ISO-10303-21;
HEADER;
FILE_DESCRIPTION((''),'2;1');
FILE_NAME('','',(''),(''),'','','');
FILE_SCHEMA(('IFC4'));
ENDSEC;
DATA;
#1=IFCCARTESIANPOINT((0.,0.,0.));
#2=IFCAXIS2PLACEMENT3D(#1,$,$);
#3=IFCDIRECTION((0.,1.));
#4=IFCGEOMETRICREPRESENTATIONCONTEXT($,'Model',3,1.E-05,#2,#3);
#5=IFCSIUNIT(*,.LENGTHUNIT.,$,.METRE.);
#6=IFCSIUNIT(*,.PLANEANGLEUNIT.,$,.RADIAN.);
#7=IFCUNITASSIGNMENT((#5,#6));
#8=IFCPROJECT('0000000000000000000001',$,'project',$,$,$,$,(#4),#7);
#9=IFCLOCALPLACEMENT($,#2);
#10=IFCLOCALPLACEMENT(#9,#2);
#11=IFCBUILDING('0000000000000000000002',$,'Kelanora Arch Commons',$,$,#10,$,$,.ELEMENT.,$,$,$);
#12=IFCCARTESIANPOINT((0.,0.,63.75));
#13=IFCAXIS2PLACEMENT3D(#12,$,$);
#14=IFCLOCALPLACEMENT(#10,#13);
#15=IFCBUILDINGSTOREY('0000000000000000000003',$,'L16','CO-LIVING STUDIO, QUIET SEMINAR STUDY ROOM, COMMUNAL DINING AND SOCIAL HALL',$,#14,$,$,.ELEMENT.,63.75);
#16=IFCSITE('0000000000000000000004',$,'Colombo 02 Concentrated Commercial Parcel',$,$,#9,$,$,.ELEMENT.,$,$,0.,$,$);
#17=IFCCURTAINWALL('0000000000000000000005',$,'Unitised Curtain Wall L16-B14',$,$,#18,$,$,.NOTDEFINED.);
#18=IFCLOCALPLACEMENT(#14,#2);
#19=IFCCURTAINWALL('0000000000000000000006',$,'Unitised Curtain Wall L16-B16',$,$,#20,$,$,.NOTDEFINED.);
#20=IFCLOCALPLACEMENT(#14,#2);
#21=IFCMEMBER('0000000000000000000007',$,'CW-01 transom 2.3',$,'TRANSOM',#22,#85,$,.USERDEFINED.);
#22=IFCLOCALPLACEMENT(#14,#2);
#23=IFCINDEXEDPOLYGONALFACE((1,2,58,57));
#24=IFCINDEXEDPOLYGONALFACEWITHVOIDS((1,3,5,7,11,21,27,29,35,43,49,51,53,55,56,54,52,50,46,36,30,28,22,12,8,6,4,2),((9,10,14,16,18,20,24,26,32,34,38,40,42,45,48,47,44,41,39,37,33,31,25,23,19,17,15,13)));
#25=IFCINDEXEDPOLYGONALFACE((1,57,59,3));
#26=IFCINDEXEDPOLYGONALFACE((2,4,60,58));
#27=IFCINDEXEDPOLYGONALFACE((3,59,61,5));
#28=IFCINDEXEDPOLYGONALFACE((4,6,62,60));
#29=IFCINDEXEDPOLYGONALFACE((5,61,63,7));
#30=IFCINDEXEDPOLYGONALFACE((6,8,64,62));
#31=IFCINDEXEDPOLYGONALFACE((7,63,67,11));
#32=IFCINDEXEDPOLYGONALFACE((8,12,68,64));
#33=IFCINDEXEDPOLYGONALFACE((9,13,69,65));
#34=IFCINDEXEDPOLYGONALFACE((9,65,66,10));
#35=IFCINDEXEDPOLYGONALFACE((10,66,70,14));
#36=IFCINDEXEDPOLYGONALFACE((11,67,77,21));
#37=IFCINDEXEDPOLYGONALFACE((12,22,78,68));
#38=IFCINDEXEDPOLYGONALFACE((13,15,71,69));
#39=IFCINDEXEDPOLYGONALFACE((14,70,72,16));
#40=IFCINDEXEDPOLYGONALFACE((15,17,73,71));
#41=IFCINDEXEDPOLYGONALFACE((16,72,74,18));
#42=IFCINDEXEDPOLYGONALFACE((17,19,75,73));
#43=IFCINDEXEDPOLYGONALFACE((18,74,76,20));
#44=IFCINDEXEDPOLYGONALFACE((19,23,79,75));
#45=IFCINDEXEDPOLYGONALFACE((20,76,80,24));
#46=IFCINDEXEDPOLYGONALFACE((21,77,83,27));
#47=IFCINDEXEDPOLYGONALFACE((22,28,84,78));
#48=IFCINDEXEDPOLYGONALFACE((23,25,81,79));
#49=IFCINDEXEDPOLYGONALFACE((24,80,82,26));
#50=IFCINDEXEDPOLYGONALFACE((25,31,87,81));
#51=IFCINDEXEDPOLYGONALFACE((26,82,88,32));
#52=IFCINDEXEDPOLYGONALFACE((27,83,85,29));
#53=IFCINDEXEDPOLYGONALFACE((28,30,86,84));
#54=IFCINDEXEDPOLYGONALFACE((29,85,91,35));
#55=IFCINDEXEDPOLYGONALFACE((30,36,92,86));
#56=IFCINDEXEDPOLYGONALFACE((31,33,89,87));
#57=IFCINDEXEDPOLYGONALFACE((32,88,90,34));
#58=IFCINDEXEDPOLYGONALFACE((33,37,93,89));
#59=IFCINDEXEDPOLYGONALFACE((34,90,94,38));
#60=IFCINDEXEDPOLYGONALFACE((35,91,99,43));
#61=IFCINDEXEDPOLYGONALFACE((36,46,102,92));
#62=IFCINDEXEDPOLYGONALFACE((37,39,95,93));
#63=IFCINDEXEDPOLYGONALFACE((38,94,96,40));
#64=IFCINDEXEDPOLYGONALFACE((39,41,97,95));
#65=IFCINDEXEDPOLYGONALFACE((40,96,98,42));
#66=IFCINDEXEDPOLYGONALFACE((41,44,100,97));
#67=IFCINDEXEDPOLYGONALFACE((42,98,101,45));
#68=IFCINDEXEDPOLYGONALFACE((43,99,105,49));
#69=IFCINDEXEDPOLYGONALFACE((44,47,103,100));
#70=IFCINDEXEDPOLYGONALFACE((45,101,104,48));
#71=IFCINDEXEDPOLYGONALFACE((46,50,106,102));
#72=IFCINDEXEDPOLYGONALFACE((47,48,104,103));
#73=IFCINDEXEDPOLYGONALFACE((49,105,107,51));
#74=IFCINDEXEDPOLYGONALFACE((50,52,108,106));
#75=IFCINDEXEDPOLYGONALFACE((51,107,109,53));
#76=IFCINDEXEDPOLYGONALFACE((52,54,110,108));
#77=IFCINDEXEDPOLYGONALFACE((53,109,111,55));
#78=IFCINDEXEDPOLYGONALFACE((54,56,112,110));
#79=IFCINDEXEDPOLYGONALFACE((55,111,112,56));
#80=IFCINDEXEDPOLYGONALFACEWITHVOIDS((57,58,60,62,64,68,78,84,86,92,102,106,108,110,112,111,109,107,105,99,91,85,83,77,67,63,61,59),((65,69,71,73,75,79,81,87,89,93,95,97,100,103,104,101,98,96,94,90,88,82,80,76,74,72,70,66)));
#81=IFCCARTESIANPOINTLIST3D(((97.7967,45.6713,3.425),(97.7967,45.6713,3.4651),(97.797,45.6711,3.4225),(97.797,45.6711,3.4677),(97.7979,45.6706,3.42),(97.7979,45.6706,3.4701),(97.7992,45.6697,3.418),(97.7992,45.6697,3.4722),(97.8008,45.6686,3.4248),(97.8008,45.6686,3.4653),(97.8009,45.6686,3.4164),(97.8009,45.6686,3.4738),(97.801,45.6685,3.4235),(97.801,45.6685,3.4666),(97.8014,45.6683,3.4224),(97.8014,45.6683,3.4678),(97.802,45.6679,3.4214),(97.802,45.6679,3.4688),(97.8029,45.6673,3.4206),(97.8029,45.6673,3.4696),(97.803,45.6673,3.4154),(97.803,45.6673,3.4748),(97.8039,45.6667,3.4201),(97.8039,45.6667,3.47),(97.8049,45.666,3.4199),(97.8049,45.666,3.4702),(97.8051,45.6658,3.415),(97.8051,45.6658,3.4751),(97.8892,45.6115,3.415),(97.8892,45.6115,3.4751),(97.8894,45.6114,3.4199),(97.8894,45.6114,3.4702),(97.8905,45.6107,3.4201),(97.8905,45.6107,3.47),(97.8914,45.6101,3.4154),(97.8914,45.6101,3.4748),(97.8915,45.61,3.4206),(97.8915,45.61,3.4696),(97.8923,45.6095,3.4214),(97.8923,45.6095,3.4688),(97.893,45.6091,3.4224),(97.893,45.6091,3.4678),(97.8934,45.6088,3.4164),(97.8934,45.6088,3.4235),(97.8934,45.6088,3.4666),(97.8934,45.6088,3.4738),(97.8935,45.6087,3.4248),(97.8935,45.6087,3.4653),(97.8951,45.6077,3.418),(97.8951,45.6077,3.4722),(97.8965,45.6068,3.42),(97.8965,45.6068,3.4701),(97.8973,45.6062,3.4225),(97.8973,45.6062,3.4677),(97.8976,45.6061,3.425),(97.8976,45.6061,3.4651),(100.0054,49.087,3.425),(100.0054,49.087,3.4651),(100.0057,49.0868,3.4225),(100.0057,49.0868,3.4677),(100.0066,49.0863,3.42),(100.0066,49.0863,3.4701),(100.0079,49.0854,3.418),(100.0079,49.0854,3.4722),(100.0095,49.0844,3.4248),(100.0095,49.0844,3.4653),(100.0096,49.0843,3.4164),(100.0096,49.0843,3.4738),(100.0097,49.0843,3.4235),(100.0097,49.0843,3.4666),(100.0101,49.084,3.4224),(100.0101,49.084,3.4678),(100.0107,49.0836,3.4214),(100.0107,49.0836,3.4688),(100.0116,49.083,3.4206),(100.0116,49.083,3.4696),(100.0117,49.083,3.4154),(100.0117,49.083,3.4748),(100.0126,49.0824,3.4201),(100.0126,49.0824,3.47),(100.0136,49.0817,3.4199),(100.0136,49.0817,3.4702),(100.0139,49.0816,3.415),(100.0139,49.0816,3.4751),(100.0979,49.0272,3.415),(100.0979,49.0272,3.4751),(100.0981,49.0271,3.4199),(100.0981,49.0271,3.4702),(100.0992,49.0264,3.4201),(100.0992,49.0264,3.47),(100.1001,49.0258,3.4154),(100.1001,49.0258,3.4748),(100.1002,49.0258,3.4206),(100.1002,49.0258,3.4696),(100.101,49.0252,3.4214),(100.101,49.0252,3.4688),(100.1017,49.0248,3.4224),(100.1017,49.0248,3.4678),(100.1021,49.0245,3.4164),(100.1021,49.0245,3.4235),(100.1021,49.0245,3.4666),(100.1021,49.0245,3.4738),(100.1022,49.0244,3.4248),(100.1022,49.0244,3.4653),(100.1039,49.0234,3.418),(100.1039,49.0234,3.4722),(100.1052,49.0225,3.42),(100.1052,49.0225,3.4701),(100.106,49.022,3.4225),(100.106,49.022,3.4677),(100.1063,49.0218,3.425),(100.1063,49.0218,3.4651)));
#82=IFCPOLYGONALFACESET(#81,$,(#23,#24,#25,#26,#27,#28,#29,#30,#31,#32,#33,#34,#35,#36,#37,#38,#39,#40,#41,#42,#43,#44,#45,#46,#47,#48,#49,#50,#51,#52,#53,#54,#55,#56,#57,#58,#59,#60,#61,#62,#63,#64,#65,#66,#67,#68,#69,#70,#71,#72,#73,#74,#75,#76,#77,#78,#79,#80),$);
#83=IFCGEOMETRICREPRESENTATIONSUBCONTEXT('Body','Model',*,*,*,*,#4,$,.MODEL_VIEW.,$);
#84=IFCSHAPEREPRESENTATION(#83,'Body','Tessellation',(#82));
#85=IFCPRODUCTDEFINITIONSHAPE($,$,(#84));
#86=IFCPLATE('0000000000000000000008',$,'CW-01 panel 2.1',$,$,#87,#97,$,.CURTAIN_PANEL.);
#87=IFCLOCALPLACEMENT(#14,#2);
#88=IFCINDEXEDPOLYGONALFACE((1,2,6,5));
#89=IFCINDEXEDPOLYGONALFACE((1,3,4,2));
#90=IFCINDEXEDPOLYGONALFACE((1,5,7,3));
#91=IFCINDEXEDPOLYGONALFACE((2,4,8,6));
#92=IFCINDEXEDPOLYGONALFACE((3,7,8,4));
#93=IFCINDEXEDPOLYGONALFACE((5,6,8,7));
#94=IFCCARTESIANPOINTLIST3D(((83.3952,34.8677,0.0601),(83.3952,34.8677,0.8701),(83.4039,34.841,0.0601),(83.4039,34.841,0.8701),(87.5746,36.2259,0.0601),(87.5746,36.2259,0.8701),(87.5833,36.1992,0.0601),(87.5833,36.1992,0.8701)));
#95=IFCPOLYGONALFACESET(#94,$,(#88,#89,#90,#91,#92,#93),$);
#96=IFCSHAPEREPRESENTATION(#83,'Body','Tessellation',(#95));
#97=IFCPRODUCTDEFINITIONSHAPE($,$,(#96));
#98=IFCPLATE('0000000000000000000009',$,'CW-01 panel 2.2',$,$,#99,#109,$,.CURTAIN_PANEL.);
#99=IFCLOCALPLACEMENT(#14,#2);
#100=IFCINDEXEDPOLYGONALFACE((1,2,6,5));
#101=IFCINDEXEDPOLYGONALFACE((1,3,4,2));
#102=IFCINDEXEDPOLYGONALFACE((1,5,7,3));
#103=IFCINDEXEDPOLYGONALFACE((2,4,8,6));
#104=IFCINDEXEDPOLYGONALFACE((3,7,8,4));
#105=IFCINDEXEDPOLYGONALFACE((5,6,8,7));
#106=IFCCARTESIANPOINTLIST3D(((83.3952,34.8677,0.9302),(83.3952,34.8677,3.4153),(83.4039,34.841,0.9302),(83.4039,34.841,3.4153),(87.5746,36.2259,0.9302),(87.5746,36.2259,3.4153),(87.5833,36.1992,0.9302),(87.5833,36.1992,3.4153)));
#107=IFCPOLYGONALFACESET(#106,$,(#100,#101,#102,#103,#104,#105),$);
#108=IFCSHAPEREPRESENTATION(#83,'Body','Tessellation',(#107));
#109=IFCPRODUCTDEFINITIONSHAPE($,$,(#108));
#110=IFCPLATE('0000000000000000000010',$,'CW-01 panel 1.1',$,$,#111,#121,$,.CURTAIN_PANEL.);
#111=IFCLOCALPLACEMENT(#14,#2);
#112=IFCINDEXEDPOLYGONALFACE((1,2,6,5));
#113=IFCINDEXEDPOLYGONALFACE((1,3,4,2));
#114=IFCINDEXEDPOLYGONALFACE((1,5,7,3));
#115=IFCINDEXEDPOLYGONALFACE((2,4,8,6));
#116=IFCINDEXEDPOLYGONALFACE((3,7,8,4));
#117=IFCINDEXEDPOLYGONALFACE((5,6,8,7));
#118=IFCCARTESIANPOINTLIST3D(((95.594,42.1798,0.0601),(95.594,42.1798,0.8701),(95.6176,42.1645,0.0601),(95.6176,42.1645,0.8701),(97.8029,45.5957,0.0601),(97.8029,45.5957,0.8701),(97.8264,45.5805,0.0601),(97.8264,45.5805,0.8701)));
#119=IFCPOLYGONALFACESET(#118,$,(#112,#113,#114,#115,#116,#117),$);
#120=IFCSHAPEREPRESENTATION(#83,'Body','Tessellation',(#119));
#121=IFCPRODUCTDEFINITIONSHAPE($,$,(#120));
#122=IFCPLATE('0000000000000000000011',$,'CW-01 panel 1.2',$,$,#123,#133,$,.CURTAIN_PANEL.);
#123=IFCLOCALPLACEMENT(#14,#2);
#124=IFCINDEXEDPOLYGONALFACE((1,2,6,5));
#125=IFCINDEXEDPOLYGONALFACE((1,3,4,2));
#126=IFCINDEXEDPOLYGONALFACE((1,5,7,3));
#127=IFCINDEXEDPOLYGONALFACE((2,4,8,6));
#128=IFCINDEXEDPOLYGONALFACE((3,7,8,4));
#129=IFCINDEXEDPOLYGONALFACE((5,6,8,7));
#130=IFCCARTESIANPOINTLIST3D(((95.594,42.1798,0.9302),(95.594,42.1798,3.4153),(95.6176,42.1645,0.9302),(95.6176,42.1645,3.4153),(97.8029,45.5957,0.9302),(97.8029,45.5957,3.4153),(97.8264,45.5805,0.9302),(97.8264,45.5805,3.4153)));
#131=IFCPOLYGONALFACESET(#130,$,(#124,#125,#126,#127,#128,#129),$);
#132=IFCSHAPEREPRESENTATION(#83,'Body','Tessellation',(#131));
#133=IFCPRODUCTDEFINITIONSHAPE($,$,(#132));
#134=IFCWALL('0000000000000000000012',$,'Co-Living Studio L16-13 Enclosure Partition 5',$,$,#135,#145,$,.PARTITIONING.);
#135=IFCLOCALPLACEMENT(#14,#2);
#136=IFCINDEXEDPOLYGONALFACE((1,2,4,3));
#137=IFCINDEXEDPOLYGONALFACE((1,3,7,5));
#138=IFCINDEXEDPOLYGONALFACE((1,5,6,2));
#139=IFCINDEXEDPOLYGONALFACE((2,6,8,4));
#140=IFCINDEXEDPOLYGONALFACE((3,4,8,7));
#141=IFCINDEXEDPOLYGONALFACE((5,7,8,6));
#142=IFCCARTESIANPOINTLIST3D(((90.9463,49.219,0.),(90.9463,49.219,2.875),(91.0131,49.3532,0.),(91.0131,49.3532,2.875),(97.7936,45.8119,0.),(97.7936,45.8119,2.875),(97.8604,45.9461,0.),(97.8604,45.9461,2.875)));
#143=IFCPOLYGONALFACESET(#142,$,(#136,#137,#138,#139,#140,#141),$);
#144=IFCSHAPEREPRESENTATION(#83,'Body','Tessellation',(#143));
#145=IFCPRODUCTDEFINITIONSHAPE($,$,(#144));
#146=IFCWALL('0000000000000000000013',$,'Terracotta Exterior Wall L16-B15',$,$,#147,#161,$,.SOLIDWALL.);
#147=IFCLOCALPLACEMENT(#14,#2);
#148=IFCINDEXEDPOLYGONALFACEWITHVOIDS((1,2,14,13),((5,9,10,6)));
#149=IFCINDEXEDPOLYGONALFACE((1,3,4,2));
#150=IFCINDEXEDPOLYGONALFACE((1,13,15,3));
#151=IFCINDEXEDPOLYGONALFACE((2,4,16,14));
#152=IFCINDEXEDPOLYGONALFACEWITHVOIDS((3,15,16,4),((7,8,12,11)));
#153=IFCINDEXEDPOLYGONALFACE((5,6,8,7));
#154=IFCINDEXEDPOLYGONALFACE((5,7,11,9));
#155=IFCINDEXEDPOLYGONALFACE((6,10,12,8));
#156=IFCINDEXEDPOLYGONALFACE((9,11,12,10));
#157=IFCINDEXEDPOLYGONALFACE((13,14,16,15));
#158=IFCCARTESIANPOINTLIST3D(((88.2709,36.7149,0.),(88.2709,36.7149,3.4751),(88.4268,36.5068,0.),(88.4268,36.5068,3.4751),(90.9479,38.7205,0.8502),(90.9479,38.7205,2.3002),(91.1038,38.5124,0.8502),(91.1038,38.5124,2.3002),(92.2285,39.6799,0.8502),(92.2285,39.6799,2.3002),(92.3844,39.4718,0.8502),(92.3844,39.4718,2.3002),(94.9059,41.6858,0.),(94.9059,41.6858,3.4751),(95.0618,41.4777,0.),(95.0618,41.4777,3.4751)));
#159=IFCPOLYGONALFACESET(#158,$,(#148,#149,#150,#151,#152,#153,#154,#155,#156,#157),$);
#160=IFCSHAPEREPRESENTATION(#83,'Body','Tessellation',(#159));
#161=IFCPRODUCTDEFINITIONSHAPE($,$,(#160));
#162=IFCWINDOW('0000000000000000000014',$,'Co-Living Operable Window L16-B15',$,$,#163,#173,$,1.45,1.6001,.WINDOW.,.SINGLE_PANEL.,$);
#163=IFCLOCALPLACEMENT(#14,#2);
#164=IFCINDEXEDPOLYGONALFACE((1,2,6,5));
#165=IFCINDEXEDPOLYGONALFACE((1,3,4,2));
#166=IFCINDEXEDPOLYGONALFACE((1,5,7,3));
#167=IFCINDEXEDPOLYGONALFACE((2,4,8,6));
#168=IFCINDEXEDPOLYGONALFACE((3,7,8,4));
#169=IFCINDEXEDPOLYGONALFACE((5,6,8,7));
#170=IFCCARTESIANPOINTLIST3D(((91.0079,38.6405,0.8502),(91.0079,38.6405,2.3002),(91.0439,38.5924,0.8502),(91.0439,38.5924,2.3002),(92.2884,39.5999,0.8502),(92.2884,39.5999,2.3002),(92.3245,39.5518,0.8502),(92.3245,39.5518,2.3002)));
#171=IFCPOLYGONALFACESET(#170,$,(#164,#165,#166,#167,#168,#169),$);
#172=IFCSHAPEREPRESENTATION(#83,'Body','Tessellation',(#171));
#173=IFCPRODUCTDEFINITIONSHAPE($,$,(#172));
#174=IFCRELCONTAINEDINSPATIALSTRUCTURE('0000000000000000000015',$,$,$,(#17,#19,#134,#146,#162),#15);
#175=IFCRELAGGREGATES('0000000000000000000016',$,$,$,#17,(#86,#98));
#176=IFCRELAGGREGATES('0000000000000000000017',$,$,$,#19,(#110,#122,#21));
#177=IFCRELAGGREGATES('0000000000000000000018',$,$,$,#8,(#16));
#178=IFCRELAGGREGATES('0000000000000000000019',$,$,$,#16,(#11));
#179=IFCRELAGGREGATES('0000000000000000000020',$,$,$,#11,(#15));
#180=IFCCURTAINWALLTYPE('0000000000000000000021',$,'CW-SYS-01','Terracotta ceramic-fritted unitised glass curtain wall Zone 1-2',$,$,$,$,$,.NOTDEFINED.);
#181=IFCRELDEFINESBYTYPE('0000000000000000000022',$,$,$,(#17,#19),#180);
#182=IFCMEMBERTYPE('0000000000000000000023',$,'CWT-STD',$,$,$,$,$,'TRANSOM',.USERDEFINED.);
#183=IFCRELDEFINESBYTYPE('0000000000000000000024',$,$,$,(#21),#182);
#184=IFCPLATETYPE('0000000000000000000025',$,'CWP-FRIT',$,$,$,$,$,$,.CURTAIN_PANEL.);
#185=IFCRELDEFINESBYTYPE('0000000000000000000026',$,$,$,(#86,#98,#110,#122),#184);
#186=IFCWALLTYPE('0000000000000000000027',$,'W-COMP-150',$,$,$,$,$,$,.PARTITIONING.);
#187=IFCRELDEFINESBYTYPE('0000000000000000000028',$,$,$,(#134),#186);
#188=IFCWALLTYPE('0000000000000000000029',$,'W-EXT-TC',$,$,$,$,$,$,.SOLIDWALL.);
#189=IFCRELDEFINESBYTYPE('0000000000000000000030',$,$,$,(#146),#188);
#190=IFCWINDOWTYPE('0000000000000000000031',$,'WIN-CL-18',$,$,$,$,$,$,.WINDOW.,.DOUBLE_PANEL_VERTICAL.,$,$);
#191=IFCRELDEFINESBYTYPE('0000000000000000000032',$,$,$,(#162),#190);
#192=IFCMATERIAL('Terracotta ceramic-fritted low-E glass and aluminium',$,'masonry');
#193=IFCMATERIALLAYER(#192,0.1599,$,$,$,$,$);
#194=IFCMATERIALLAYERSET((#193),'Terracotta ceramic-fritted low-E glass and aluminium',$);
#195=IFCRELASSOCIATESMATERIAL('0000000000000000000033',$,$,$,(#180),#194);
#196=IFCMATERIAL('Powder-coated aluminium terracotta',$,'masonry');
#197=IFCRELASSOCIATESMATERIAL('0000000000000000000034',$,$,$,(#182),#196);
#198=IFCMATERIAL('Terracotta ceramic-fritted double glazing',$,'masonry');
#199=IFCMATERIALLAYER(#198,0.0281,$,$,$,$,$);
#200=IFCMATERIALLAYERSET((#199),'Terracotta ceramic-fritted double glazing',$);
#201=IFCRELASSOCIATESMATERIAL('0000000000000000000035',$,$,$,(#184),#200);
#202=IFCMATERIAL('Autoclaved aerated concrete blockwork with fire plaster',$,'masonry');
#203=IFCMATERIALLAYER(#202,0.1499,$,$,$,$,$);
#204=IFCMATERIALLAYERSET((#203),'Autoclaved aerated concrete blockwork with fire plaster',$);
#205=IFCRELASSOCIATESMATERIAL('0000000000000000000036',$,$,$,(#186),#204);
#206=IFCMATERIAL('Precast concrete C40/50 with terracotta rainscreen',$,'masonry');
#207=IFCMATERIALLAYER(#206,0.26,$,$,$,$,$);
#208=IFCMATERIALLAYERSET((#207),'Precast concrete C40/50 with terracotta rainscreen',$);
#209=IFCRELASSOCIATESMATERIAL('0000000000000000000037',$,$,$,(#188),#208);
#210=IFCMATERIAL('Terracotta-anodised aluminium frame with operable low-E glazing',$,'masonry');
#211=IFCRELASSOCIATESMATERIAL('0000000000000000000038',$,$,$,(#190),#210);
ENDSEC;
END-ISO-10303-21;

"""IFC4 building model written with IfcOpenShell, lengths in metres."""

from ifc_helpers import new_model, si_unit, direction, frame, frame_2d, origin, origin_2d, place, context, subcontext, project, spatial, rectangle, hollow_rectangle, extrude, source, transform, mapped, material, layer, layer_set, material_profile, profile_set, type_object, element, fill, aggregate, save


model = new_model("IFC4")

# Units and contexts
model_context = context("Model", 3, precision=1e-05, world=origin(), true_north=direction((0.0, 1.0)))
body_context = subcontext(model_context, "Body", "Model", "MODEL_VIEW")
ifc_project = project(units=[si_unit("LENGTHUNIT", "METRE"), si_unit("PLANEANGLEUNIT", "RADIAN")], contexts=[model_context])

# Site, building, storey
site_placement = place(None, origin())
site = spatial("IfcSite", under=ifc_project, at=site_placement, Name="Colombo 02 Concentrated Commercial Parcel", CompositionType="ELEMENT", RefElevation=0.0)
building_placement = place(site_placement, origin())
building = spatial("IfcBuilding", under=site, at=building_placement, Name="Kelanora Arch Commons", CompositionType="ELEMENT")
storey_placement = place(building_placement, frame((0.0, 0.0, 63.75)))
storey = spatial("IfcBuildingStorey", under=building, at=storey_placement, Name="L16", Description="CO-LIVING STUDIO, QUIET SEMINAR STUDY ROOM, COMMUNAL DINING AND SOCIAL HALL", CompositionType="ELEMENT", Elevation=63.75)

# Curtain wall
ifc_material_1 = material(Name="Terracotta ceramic-fritted low-E glass and aluminium", Category="masonry")
ifc_layer_1 = layer(ifc_material_1, 0.1599)
ifc_layer_set_1 = layer_set([ifc_layer_1], Name="Terracotta ceramic-fritted low-E glass and aluminium")
curtain_wall_type = type_object("IfcCurtainWallType", Name="CW-SYS-01", Description="Terracotta ceramic-fritted unitised glass curtain wall Zone 1-2", PredefinedType="NOTDEFINED", material=ifc_layer_set_1)
curtain_wall_1_placement = place(storey_placement, origin())
curtain_wall_1 = element("IfcCurtainWall", 1, at=curtain_wall_1_placement, inside=storey, type_object=curtain_wall_type, Name="Unitised Curtain Wall L16-B14", PredefinedType="NOTDEFINED")
ifc_material_2 = material(Name="Powder-coated aluminium terracotta", Category="masonry")

# Curtain wall, member
curtain_wall_2_placement = place(storey_placement, origin())
curtain_wall_2 = element("IfcCurtainWall", 2, at=curtain_wall_2_placement, inside=storey, type_object=curtain_wall_type, Name="Unitised Curtain Wall L16-B16", PredefinedType="NOTDEFINED")
ifc_material_profile_1 = material_profile(ifc_material_2, hollow_rectangle(XDim=0.1201, YDim=0.0601, WallThickness=0.0049, InnerFilletRadius=0.0049, OuterFilletRadius=0.01, at=origin_2d()), Name="CWT120x60")
ifc_profile_set_1 = profile_set([ifc_material_profile_1], Name="Powder-coated aluminium terracotta")
member_type_1 = type_object("IfcMemberType", Name="CWT-STD", ElementType="TRANSOM", PredefinedType="USERDEFINED", material=ifc_profile_set_1)
member_1_placement = place(storey_placement, frame((97.8472, 45.6387, 3.4451), z_axis=(0.542997, 0.839734, 0.0), x_axis=(-0.839734, 0.542997, 0.0)))
member_1 = element("IfcMember", 3, at=member_1_placement, type_object=member_type_1, Name="CW-01 transom 2.3", ObjectType="TRANSOM", PredefinedType="USERDEFINED", context=body_context, shape_type="SweptSolid", body=[
    extrude(hollow_rectangle(XDim=0.1201, YDim=0.0601, WallThickness=0.0049, InnerFilletRadius=0.0049, OuterFilletRadius=0.01, at=origin_2d()), origin(), (0.0, 0.0, 1.0), 4.0676),
])

# Plates
ifc_material_3 = material(Name="Terracotta ceramic-fritted double glazing", Category="masonry")
ifc_layer_2 = layer(ifc_material_3, 0.0281)
ifc_layer_set_2 = layer_set([ifc_layer_2], Name="Terracotta ceramic-fritted double glazing")
plate_type = type_object("IfcPlateType", Name="CWP-FRIT", PredefinedType="CURTAIN_PANEL", material=ifc_layer_set_2)
shared_shape_1 = source(origin(), body_context, "Body", "SweptSolid", [
    extrude(rectangle(XDim=4.3945, YDim=0.0281, at=origin_2d()), origin(), (0.0, 0.0, 1.0), 0.8101),
])
plate_1_placement = place(storey_placement, frame((85.4893, 35.5334, 0.0601), z_axis=(0.0, 0.0, 1.0), x_axis=(0.951043, 0.309058, 0.0)))
plate_1 = element("IfcPlate", 4, at=plate_1_placement, type_object=plate_type, Name="CW-01 panel 2.1", PredefinedType="CURTAIN_PANEL", context=body_context, shape_type="MappedRepresentation", body=[
    mapped(shared_shape_1, transform((0.0, 0.0, 0.0), scale=1.0)),
])
shared_shape_2 = source(origin(), body_context, "Body", "SweptSolid", [
    extrude(rectangle(XDim=4.3945, YDim=0.0281, at=origin_2d()), origin(), (0.0, 0.0, 1.0), 2.4851),
])
plate_2_placement = place(storey_placement, frame((85.4893, 35.5334, 0.9302), z_axis=(0.0, 0.0, 1.0), x_axis=(0.951043, 0.309058, 0.0)))
plate_2 = element("IfcPlate", 5, at=plate_2_placement, type_object=plate_type, Name="CW-01 panel 2.2", PredefinedType="CURTAIN_PANEL", context=body_context, shape_type="MappedRepresentation", body=[
    mapped(shared_shape_2, transform((0.0, 0.0, 0.0), scale=1.0)),
])
aggregate(curtain_wall_1, [plate_1, plate_2])
shared_shape_3 = source(origin(), body_context, "Body", "SweptSolid", [
    extrude(rectangle(XDim=4.0679, YDim=0.0281, at=origin_2d()), origin(), (0.0, 0.0, 1.0), 0.8101),
])
plate_3_placement = place(storey_placement, frame((96.7102, 43.8801, 0.0601), z_axis=(0.0, 0.0, 1.0), x_axis=(0.543004, 0.83973, 0.0)))
plate_3 = element("IfcPlate", 6, at=plate_3_placement, type_object=plate_type, Name="CW-01 panel 1.1", PredefinedType="CURTAIN_PANEL", context=body_context, shape_type="MappedRepresentation", body=[
    mapped(shared_shape_3, transform((0.0, 0.0, 0.0), scale=1.0)),
])
shared_shape_4 = source(origin(), body_context, "Body", "SweptSolid", [
    extrude(rectangle(XDim=4.0679, YDim=0.0281, at=origin_2d()), origin(), (0.0, 0.0, 1.0), 2.4851),
])
plate_4_placement = place(storey_placement, frame((96.7102, 43.8801, 0.9302), z_axis=(0.0, 0.0, 1.0), x_axis=(0.543004, 0.83973, 0.0)))
plate_4 = element("IfcPlate", 7, at=plate_4_placement, type_object=plate_type, Name="CW-01 panel 1.2", PredefinedType="CURTAIN_PANEL", context=body_context, shape_type="MappedRepresentation", body=[
    mapped(shared_shape_4, transform((0.0, 0.0, 0.0), scale=1.0)),
])
aggregate(curtain_wall_2, [plate_3, plate_4, member_1])

# Wall
ifc_material_4 = material(Name="Autoclaved aerated concrete blockwork with fire plaster", Category="masonry")
ifc_layer_3 = layer(ifc_material_4, 0.1499)
ifc_layer_set_3 = layer_set([ifc_layer_3], Name="Autoclaved aerated concrete blockwork with fire plaster")
wall_type_1 = type_object("IfcWallType", Name="W-COMP-150", PredefinedType="PARTITIONING", material=ifc_layer_set_3)
wall_1_placement = place(storey_placement, frame((97.8271, 45.8789, 0.0), z_axis=(0.0, 0.0, 1.0), x_axis=(-0.895287, 0.445489, 0.0)))
element("IfcWall", 8, at=wall_1_placement, inside=storey, type_object=wall_type_1, Name="Co-Living Studio L16-13 Enclosure Partition 5", PredefinedType="PARTITIONING", context=body_context, shape_type="SweptSolid", body=[
    extrude(rectangle(XDim=7.6482, YDim=0.1499, at=frame_2d((3.8242, 0.0))), origin(), (0.0, 0.0, 1.0), 2.875),
])

# Wall, opening, window
ifc_material_5 = material(Name="Precast concrete C40/50 with terracotta rainscreen", Category="masonry")
ifc_layer_4 = layer(ifc_material_5, 0.26)
ifc_layer_set_4 = layer_set([ifc_layer_4], Name="Precast concrete C40/50 with terracotta rainscreen")
wall_type_2 = type_object("IfcWallType", Name="W-EXT-TC", PredefinedType="SOLIDWALL", material=ifc_layer_set_4)
wall_2_placement = place(storey_placement, frame((88.3489, 36.6108, 0.0), z_axis=(0.0, 0.0, 1.0), x_axis=(0.800307, 0.59959, 0.0)))
wall_2 = element("IfcWall", 9, at=wall_2_placement, inside=storey, type_object=wall_type_2, Name="Terracotta Exterior Wall L16-B15", PredefinedType="SOLIDWALL", context=body_context, shape_type="SweptSolid", body=[
    extrude(rectangle(XDim=8.2905, YDim=0.26, at=frame_2d((4.1453, 0.0))), origin(), (0.0, 0.0, 1.0), 3.4751),
])
opening_placement = place(wall_2_placement, frame((3.345, 0.0, 0.8501)))
opening = element("IfcOpeningElement", 10, at=opening_placement, cuts=wall_2, PredefinedType="OPENING", context=body_context, shape_type="SweptSolid", body=[
    extrude(rectangle(XDim=1.6001, YDim=1.45, at=frame_2d((0.8, 0.7251))), frame((0.0, 0.1401, 0.0), z_axis=(0.0, -1.0, 0.0), x_axis=(1.0, 0.0, 0.0)), (0.0, 0.0, 1.0), 0.28),
])
ifc_material_6 = material(Name="Terracotta-anodised aluminium frame with operable low-E glazing", Category="masonry")
window_type = type_object("IfcWindowType", Name="WIN-CL-18", PartitioningType="DOUBLE_PANEL_VERTICAL", PredefinedType="WINDOW", material=ifc_material_6)
window_placement = place(opening_placement, origin())
window = element("IfcWindow", 11, at=window_placement, inside=storey, type_object=window_type, Name="Co-Living Operable Window L16-B15", OverallHeight=1.45, OverallWidth=1.6001, PartitioningType="SINGLE_PANEL", PredefinedType="WINDOW", context=body_context, shape_type="SweptSolid", body=[
    extrude(rectangle(XDim=1.6001, YDim=1.45, at=frame_2d((0.8, 0.7251))), frame((0.0, 0.03, 0.0), z_axis=(0.0, -1.0, 0.0), x_axis=(1.0, 0.0, 0.0)), (0.0, 0.0, 1.0), 0.0601),
])
fill(opening, window)

save(model, "model.ifc")
